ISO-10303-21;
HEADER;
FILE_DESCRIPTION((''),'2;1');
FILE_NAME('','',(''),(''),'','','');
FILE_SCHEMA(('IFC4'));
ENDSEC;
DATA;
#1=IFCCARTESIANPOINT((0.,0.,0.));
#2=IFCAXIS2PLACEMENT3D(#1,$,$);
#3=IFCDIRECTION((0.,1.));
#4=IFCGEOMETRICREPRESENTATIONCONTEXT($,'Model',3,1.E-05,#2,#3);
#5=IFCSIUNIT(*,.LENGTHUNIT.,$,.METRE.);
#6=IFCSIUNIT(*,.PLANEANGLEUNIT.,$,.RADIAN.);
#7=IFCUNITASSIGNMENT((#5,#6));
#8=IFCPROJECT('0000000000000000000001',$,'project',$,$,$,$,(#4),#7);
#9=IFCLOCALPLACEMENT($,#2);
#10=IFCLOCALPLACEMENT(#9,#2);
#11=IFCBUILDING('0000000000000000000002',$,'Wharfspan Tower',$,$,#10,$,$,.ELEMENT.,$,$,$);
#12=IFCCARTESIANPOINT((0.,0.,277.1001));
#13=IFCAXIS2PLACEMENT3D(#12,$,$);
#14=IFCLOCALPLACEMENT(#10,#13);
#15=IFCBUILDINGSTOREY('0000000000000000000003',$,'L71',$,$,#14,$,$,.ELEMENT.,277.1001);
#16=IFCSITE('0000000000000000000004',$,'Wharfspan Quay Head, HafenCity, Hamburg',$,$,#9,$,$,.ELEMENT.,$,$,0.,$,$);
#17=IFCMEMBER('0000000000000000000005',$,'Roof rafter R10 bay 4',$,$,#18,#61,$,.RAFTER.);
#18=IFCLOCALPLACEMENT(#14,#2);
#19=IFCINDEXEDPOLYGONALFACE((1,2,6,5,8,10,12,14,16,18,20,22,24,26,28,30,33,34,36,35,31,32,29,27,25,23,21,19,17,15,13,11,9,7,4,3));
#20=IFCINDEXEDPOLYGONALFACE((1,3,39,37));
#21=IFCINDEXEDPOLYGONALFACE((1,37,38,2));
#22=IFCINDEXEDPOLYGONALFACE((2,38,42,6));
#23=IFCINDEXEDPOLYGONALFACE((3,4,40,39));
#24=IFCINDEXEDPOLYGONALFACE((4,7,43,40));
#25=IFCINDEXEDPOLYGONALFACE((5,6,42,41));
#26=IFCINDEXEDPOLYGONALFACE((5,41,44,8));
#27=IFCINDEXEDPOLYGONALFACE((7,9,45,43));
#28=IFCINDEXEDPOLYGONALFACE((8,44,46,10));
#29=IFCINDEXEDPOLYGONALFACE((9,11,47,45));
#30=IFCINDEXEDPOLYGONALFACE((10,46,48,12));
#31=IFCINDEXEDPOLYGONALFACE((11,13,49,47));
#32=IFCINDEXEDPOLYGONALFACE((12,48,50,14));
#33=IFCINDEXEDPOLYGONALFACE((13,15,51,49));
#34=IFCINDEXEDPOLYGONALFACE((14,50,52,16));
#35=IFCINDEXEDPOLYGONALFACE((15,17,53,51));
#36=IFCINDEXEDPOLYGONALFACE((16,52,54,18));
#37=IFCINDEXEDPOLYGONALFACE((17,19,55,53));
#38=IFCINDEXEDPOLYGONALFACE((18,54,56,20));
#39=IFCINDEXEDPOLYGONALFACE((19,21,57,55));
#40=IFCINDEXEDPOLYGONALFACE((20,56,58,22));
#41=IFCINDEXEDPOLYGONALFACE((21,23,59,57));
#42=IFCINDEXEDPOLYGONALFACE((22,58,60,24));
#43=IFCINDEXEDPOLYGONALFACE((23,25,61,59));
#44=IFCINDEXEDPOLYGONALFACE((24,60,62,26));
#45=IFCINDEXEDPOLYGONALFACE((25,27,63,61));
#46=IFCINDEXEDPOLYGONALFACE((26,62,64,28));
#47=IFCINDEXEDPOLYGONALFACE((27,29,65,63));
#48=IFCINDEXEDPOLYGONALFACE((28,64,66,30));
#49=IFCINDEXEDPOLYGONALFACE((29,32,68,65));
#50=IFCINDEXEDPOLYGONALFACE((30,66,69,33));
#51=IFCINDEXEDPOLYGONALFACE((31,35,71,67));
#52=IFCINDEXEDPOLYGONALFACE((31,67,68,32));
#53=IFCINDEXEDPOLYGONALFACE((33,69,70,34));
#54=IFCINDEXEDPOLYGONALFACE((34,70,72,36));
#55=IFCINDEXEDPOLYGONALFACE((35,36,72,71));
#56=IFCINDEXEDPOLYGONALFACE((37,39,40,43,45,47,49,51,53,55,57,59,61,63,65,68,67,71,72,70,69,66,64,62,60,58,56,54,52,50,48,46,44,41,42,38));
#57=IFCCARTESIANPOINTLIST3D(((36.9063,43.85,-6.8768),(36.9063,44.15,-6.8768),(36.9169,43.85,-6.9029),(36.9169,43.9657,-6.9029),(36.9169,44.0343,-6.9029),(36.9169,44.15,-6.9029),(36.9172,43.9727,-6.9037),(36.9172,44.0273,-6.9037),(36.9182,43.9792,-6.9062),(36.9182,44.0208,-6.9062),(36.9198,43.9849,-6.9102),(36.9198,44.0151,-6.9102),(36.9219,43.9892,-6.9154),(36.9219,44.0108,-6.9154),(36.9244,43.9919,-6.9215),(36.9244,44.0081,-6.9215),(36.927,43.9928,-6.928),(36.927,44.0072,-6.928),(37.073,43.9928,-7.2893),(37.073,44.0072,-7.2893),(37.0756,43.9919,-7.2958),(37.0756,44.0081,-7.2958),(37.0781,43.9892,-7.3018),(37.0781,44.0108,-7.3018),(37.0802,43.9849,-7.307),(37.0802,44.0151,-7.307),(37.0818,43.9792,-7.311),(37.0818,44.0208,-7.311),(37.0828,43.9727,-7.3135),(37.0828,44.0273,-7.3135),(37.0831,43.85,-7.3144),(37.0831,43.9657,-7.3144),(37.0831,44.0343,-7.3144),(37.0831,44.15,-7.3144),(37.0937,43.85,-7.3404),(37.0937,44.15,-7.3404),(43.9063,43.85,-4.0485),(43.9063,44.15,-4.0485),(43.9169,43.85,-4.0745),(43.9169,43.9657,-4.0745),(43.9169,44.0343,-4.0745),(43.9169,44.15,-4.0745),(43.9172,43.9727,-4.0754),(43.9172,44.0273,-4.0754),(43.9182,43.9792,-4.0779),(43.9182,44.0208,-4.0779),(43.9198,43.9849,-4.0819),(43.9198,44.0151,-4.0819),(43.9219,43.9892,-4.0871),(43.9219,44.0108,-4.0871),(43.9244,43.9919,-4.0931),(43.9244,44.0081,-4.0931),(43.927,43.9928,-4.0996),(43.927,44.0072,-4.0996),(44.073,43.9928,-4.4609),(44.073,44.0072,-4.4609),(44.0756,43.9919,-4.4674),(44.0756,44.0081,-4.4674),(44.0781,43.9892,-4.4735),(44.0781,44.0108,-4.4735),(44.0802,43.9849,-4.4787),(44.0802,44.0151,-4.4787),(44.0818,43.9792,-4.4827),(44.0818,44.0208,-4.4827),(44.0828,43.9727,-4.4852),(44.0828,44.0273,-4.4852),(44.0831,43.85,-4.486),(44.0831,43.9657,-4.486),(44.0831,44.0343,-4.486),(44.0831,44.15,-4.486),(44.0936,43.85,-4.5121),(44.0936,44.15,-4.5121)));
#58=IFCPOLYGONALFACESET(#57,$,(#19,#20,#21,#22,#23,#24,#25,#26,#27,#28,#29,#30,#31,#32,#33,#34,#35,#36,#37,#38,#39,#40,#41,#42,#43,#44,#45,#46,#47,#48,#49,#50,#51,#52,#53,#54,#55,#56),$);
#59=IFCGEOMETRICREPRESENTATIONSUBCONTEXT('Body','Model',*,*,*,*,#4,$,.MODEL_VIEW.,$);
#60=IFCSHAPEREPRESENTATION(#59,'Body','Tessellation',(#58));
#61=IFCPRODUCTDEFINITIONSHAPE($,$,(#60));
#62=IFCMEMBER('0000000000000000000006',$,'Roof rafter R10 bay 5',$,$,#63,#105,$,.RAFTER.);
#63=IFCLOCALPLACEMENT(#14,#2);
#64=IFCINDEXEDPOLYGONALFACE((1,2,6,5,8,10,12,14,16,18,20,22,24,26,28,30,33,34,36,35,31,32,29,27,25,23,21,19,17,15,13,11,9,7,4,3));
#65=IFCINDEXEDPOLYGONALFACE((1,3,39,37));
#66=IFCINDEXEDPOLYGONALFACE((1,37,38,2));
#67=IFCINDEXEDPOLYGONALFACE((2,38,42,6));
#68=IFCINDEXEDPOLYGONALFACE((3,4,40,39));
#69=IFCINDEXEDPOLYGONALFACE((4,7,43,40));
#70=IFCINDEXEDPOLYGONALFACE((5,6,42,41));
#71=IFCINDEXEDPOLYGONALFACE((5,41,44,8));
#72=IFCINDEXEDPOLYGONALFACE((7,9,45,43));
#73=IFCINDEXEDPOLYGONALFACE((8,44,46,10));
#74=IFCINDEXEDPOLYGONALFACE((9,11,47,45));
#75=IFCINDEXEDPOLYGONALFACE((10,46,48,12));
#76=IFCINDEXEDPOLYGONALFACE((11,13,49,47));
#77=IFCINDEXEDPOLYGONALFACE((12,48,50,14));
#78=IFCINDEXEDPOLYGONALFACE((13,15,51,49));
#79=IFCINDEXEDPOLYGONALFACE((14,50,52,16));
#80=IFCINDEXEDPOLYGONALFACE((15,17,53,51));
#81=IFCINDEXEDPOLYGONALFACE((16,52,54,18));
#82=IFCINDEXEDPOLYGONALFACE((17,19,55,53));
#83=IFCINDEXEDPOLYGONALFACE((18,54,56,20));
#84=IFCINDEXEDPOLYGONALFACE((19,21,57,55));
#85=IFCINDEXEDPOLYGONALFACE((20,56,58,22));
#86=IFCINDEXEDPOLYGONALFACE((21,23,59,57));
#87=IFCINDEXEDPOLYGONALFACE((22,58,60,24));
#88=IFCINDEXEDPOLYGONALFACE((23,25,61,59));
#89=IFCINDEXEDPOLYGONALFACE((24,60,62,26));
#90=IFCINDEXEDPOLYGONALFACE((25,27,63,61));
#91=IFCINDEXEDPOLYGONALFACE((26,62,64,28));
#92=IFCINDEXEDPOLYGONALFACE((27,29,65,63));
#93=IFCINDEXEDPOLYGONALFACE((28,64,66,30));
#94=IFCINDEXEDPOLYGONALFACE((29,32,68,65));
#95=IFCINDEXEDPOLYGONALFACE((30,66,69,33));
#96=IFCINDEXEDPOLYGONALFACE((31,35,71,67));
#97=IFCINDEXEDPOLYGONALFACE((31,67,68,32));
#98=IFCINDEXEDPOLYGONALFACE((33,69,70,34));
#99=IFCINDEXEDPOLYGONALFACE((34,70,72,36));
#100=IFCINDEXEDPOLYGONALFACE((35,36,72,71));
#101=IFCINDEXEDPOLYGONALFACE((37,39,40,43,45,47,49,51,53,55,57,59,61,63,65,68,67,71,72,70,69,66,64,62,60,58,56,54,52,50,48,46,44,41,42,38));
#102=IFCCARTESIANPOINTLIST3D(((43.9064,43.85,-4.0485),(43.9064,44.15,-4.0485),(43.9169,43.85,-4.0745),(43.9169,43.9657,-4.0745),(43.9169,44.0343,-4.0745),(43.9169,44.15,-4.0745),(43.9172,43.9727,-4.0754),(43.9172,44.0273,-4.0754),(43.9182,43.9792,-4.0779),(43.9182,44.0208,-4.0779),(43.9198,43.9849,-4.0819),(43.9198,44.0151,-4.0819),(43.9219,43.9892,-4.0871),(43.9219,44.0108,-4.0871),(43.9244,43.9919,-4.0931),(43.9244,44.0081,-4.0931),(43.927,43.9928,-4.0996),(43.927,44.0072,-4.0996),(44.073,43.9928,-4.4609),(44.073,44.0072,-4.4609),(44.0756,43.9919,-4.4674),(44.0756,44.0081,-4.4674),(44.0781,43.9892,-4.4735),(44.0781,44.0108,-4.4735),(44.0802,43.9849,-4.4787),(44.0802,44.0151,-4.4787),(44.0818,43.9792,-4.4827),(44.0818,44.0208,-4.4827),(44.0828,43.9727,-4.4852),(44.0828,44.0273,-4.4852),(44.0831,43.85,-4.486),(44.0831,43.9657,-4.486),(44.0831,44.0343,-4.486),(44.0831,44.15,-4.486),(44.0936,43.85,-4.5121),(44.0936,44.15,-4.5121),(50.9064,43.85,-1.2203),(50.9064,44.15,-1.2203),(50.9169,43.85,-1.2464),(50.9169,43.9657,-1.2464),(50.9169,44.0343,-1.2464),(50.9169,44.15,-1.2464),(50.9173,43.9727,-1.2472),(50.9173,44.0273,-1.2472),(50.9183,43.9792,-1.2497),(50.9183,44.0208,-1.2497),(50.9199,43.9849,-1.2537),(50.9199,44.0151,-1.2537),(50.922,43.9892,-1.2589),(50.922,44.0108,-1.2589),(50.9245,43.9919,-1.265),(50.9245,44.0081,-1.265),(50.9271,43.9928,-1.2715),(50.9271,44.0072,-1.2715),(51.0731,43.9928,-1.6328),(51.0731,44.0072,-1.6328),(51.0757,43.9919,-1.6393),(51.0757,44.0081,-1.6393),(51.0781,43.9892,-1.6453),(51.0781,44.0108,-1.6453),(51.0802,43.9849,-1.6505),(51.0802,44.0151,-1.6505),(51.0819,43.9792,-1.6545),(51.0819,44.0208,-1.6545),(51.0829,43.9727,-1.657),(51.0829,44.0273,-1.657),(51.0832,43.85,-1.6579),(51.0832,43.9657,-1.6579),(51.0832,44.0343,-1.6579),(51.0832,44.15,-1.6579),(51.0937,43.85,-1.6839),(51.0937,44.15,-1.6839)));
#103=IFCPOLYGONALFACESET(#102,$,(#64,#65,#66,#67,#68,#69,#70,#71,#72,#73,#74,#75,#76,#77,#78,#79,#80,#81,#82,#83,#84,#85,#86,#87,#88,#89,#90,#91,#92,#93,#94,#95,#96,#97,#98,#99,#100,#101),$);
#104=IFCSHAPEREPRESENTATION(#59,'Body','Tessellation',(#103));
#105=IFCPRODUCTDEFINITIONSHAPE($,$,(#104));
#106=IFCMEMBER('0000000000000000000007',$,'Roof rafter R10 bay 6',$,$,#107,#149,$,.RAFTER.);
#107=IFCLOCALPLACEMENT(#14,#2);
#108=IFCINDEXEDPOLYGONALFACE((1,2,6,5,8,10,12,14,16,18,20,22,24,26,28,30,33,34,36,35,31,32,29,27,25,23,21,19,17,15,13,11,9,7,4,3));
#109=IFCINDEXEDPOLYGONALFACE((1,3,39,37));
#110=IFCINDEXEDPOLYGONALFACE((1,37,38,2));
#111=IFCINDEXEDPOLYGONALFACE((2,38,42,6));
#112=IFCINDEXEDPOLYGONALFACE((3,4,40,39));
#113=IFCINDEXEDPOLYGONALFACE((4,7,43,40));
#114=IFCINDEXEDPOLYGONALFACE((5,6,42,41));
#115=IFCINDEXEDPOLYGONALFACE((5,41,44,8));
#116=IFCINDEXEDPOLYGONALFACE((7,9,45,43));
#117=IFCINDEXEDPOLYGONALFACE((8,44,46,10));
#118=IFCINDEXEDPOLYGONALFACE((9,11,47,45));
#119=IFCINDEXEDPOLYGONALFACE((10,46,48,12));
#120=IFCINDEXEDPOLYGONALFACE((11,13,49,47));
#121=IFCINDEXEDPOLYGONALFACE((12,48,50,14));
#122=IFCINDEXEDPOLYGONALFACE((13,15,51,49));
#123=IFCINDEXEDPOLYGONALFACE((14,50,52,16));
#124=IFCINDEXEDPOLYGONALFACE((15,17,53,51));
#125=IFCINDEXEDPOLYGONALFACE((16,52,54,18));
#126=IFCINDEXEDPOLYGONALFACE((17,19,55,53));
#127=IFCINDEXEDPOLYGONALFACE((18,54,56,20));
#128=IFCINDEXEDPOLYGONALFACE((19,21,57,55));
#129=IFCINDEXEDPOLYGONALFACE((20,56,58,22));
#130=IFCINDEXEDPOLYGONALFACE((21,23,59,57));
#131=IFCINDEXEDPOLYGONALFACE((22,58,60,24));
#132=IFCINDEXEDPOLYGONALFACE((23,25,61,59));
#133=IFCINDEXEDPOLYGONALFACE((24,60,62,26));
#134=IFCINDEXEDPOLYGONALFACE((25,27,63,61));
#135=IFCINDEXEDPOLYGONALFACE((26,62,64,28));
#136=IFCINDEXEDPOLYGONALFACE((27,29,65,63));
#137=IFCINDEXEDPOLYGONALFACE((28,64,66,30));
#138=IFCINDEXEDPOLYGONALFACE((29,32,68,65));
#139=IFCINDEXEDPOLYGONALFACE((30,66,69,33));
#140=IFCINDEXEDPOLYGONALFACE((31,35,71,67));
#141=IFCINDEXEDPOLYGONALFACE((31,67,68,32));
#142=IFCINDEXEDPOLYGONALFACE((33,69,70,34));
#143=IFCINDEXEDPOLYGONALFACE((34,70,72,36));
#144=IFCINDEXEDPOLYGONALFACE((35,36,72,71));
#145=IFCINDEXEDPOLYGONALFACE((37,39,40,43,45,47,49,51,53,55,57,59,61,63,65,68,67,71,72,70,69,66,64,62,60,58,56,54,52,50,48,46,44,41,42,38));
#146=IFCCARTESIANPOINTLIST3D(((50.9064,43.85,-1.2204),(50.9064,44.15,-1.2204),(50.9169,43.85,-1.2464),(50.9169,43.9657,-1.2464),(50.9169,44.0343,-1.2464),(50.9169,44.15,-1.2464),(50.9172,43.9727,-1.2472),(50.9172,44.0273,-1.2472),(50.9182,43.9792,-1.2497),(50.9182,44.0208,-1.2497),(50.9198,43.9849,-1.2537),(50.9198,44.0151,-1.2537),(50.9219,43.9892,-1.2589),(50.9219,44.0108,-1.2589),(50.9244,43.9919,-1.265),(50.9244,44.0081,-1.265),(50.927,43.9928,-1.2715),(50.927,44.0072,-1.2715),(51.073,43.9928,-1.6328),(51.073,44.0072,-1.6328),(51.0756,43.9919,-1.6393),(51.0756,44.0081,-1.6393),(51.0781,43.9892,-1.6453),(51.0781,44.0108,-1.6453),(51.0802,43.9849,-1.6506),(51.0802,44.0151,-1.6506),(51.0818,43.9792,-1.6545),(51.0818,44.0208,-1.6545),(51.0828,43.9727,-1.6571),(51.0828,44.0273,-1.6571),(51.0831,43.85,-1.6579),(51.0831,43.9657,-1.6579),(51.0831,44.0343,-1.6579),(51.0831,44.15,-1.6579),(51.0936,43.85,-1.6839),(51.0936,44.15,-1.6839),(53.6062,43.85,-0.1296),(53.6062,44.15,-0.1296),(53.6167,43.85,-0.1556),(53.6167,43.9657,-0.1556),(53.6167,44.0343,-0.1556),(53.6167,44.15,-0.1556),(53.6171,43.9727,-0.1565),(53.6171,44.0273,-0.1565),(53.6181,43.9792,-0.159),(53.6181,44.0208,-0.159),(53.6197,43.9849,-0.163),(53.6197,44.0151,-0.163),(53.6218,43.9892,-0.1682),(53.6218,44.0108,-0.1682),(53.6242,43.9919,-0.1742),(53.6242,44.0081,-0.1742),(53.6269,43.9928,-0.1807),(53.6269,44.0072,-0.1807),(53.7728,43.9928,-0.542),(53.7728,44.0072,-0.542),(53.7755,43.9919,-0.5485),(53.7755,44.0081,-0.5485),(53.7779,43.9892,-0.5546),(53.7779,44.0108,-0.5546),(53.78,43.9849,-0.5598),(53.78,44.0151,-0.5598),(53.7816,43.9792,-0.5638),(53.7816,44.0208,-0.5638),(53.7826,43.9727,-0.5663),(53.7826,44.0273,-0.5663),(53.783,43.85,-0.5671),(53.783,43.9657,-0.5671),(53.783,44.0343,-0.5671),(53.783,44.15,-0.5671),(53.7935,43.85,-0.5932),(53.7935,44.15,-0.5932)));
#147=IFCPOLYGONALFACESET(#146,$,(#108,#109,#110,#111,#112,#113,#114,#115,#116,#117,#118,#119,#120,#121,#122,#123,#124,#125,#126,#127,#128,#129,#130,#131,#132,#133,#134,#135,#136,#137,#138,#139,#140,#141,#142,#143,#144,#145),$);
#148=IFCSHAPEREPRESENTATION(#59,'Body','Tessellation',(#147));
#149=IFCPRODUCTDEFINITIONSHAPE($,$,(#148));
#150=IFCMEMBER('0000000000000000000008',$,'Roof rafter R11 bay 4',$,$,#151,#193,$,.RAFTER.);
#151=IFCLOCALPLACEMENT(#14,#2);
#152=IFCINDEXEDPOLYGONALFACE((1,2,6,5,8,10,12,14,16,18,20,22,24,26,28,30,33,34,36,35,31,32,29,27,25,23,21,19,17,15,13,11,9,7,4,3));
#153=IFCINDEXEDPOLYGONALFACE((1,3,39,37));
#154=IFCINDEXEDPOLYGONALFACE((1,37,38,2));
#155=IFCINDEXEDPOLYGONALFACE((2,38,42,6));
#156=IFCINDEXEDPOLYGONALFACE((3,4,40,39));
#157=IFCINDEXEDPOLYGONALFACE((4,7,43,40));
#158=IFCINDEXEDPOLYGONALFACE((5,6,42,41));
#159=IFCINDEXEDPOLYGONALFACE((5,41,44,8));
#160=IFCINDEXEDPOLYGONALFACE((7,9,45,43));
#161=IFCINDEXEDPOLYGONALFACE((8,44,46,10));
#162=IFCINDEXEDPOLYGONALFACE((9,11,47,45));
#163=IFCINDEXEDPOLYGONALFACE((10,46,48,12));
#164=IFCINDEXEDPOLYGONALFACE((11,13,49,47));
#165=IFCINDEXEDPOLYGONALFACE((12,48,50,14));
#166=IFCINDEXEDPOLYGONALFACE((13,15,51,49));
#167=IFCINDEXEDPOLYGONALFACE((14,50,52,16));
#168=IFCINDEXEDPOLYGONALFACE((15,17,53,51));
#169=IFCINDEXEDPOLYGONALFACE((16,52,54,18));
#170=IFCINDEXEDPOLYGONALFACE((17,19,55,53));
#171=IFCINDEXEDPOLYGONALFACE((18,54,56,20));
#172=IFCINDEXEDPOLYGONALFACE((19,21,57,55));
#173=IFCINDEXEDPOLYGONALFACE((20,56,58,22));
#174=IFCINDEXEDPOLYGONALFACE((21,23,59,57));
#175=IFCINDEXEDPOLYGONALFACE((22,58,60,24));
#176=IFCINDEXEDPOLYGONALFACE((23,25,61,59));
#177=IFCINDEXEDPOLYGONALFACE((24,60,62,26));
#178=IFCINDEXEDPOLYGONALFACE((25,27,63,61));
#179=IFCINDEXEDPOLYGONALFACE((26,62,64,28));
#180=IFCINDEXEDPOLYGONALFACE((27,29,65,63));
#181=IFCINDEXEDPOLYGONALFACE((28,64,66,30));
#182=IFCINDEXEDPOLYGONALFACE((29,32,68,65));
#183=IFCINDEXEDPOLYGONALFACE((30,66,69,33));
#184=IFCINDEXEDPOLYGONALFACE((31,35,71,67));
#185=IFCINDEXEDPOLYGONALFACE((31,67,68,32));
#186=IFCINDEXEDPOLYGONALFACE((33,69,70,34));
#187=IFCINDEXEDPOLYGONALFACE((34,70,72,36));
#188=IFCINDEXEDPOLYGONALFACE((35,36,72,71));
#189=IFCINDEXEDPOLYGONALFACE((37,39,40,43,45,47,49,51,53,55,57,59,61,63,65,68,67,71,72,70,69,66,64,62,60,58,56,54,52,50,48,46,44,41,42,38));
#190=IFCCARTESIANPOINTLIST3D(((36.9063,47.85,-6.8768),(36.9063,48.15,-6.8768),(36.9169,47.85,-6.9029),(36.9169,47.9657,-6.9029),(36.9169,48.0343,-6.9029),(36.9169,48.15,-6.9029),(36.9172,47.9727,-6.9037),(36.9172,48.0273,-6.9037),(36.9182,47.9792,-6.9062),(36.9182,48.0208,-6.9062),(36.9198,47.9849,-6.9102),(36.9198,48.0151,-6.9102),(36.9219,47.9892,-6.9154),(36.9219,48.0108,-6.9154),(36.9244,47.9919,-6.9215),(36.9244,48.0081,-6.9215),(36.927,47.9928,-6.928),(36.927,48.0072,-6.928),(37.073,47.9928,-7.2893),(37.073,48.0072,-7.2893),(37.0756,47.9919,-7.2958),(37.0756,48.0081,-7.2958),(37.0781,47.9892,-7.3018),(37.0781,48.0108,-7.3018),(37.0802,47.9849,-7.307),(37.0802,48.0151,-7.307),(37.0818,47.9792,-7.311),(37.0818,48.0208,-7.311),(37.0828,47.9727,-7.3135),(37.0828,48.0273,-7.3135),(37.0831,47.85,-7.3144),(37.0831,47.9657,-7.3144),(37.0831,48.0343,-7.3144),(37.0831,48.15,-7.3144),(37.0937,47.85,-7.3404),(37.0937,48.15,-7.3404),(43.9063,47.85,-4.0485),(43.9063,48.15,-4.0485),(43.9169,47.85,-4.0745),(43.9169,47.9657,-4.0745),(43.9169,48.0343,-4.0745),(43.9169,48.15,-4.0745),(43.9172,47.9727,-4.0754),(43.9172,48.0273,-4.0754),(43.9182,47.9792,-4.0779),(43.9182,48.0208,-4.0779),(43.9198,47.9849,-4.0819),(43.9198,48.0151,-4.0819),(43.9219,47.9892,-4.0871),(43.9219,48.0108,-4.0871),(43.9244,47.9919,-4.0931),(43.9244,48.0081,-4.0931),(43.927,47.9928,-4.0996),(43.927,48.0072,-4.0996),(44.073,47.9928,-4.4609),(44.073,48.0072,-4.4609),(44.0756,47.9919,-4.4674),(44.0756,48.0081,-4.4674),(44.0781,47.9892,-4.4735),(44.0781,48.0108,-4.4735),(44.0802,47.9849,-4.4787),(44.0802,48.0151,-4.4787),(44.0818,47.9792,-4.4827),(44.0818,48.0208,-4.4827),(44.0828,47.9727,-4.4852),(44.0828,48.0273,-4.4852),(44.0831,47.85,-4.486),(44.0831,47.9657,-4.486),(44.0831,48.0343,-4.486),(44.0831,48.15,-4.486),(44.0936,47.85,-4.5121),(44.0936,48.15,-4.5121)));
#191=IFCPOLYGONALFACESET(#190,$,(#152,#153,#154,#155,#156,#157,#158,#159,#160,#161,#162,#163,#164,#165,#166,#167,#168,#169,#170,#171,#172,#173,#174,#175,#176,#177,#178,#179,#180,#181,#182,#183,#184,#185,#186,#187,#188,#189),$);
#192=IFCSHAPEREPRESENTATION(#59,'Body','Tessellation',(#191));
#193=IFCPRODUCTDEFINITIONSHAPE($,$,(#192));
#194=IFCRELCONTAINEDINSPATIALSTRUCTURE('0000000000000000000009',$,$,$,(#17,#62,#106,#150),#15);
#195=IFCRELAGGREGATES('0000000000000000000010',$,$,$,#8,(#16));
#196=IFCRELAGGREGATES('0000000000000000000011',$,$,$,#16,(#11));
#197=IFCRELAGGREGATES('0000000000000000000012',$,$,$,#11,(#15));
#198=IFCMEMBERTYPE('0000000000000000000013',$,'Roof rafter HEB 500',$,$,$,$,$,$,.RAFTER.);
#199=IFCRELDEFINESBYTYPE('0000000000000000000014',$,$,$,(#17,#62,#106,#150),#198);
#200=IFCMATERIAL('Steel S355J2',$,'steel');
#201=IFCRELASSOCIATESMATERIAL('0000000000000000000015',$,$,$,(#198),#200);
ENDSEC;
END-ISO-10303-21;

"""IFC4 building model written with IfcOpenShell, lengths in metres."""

from ifc_helpers import new_model, si_unit, direction, frame, origin, origin_2d, place, context, subcontext, project, spatial, i_section, extrude, material, material_profile, profile_set, type_object, element, save


model = new_model("IFC4")

# Units and contexts
model_context = context("Model", 3, precision=1e-05, world=origin(), true_north=direction((0.0, 1.0)))
body_context = subcontext(model_context, "Body", "Model", "MODEL_VIEW")
ifc_project = project(units=[si_unit("LENGTHUNIT", "METRE"), si_unit("PLANEANGLEUNIT", "RADIAN")], contexts=[model_context])

# Site, building, storey
site_placement = place(None, origin())
site = spatial("IfcSite", under=ifc_project, at=site_placement, Name="Wharfspan Quay Head, HafenCity, Hamburg", CompositionType="ELEMENT", RefElevation=0.0)
building_placement = place(site_placement, origin())
building = spatial("IfcBuilding", under=site, at=building_placement, Name="Wharfspan Tower", CompositionType="ELEMENT")
storey_placement = place(building_placement, frame((0.0, 0.0, 277.1001)))
storey = spatial("IfcBuildingStorey", under=building, at=storey_placement, Name="L71", CompositionType="ELEMENT", Elevation=277.1001)

# Shared definitions
ifc_material_1 = material(Name="Steel S355J2", Category="steel")

# Members
ifc_material_profile_1 = material_profile(ifc_material_1, i_section(OverallWidth=0.3, OverallDepth=0.5, WebThickness=0.0144, FlangeThickness=0.0281, FilletRadius=0.0271, at=origin_2d()))
ifc_profile_set_1 = profile_set([ifc_material_profile_1], Name="Steel S355J2")
member_type_1 = type_object("IfcMemberType", Name="Roof rafter HEB 500", PredefinedType="RAFTER", material=ifc_profile_set_1)
for number, where, z_axis, x_axis, name in (
    (1, (37.0, 44.0, -7.1086), (0.927175, 0.0, 0.374628), (0.0, 1.0, 0.0), "Roof rafter R10 bay 4"),
    (2, (44.0, 44.0, -4.2803), (0.927187, 0.0, 0.3746), (0.0, 1.0, 0.0), "Roof rafter R10 bay 5"),
):
    element("IfcMember", number, at=place(storey_placement, frame(where, z_axis=z_axis, x_axis=x_axis)), inside=storey, type_object=member_type_1, Name=name, PredefinedType="RAFTER", context=body_context, shape_type="SweptSolid", body=[
        extrude(i_section(OverallWidth=0.3, OverallDepth=0.5, WebThickness=0.0144, FlangeThickness=0.0281, FilletRadius=0.0271, at=origin_2d()), origin(), (0.0, 0.0, 1.0), 7.5498),
    ])
member_1_placement = place(storey_placement, frame((51.0, 44.0, -1.4521), z_axis=(0.927188, 0.0, 0.374598), x_axis=(0.0, 1.0, 0.0)))
element("IfcMember", 3, at=member_1_placement, inside=storey, type_object=member_type_1, Name="Roof rafter R10 bay 6", PredefinedType="RAFTER", context=body_context, shape_type="SweptSolid", body=[
    extrude(i_section(OverallWidth=0.3, OverallDepth=0.5, WebThickness=0.0144, FlangeThickness=0.0281, FilletRadius=0.0271, at=origin_2d()), origin(), (0.0, 0.0, 1.0), 2.9119),
])
for number, where, z_axis, x_axis, name in (
    (4, (37.0, 48.0, -7.1086), (0.927175, 0.0, 0.374628), (0.0, 1.0, 0.0), "Roof rafter R11 bay 4"),
):
    element("IfcMember", number, at=place(storey_placement, frame(where, z_axis=z_axis, x_axis=x_axis)), inside=storey, type_object=member_type_1, Name=name, PredefinedType="RAFTER", context=body_context, shape_type="SweptSolid", body=[
        extrude(i_section(OverallWidth=0.3, OverallDepth=0.5, WebThickness=0.0144, FlangeThickness=0.0281, FilletRadius=0.0271, at=origin_2d()), origin(), (0.0, 0.0, 1.0), 7.5498),
    ])

save(model, "model.ifc")
